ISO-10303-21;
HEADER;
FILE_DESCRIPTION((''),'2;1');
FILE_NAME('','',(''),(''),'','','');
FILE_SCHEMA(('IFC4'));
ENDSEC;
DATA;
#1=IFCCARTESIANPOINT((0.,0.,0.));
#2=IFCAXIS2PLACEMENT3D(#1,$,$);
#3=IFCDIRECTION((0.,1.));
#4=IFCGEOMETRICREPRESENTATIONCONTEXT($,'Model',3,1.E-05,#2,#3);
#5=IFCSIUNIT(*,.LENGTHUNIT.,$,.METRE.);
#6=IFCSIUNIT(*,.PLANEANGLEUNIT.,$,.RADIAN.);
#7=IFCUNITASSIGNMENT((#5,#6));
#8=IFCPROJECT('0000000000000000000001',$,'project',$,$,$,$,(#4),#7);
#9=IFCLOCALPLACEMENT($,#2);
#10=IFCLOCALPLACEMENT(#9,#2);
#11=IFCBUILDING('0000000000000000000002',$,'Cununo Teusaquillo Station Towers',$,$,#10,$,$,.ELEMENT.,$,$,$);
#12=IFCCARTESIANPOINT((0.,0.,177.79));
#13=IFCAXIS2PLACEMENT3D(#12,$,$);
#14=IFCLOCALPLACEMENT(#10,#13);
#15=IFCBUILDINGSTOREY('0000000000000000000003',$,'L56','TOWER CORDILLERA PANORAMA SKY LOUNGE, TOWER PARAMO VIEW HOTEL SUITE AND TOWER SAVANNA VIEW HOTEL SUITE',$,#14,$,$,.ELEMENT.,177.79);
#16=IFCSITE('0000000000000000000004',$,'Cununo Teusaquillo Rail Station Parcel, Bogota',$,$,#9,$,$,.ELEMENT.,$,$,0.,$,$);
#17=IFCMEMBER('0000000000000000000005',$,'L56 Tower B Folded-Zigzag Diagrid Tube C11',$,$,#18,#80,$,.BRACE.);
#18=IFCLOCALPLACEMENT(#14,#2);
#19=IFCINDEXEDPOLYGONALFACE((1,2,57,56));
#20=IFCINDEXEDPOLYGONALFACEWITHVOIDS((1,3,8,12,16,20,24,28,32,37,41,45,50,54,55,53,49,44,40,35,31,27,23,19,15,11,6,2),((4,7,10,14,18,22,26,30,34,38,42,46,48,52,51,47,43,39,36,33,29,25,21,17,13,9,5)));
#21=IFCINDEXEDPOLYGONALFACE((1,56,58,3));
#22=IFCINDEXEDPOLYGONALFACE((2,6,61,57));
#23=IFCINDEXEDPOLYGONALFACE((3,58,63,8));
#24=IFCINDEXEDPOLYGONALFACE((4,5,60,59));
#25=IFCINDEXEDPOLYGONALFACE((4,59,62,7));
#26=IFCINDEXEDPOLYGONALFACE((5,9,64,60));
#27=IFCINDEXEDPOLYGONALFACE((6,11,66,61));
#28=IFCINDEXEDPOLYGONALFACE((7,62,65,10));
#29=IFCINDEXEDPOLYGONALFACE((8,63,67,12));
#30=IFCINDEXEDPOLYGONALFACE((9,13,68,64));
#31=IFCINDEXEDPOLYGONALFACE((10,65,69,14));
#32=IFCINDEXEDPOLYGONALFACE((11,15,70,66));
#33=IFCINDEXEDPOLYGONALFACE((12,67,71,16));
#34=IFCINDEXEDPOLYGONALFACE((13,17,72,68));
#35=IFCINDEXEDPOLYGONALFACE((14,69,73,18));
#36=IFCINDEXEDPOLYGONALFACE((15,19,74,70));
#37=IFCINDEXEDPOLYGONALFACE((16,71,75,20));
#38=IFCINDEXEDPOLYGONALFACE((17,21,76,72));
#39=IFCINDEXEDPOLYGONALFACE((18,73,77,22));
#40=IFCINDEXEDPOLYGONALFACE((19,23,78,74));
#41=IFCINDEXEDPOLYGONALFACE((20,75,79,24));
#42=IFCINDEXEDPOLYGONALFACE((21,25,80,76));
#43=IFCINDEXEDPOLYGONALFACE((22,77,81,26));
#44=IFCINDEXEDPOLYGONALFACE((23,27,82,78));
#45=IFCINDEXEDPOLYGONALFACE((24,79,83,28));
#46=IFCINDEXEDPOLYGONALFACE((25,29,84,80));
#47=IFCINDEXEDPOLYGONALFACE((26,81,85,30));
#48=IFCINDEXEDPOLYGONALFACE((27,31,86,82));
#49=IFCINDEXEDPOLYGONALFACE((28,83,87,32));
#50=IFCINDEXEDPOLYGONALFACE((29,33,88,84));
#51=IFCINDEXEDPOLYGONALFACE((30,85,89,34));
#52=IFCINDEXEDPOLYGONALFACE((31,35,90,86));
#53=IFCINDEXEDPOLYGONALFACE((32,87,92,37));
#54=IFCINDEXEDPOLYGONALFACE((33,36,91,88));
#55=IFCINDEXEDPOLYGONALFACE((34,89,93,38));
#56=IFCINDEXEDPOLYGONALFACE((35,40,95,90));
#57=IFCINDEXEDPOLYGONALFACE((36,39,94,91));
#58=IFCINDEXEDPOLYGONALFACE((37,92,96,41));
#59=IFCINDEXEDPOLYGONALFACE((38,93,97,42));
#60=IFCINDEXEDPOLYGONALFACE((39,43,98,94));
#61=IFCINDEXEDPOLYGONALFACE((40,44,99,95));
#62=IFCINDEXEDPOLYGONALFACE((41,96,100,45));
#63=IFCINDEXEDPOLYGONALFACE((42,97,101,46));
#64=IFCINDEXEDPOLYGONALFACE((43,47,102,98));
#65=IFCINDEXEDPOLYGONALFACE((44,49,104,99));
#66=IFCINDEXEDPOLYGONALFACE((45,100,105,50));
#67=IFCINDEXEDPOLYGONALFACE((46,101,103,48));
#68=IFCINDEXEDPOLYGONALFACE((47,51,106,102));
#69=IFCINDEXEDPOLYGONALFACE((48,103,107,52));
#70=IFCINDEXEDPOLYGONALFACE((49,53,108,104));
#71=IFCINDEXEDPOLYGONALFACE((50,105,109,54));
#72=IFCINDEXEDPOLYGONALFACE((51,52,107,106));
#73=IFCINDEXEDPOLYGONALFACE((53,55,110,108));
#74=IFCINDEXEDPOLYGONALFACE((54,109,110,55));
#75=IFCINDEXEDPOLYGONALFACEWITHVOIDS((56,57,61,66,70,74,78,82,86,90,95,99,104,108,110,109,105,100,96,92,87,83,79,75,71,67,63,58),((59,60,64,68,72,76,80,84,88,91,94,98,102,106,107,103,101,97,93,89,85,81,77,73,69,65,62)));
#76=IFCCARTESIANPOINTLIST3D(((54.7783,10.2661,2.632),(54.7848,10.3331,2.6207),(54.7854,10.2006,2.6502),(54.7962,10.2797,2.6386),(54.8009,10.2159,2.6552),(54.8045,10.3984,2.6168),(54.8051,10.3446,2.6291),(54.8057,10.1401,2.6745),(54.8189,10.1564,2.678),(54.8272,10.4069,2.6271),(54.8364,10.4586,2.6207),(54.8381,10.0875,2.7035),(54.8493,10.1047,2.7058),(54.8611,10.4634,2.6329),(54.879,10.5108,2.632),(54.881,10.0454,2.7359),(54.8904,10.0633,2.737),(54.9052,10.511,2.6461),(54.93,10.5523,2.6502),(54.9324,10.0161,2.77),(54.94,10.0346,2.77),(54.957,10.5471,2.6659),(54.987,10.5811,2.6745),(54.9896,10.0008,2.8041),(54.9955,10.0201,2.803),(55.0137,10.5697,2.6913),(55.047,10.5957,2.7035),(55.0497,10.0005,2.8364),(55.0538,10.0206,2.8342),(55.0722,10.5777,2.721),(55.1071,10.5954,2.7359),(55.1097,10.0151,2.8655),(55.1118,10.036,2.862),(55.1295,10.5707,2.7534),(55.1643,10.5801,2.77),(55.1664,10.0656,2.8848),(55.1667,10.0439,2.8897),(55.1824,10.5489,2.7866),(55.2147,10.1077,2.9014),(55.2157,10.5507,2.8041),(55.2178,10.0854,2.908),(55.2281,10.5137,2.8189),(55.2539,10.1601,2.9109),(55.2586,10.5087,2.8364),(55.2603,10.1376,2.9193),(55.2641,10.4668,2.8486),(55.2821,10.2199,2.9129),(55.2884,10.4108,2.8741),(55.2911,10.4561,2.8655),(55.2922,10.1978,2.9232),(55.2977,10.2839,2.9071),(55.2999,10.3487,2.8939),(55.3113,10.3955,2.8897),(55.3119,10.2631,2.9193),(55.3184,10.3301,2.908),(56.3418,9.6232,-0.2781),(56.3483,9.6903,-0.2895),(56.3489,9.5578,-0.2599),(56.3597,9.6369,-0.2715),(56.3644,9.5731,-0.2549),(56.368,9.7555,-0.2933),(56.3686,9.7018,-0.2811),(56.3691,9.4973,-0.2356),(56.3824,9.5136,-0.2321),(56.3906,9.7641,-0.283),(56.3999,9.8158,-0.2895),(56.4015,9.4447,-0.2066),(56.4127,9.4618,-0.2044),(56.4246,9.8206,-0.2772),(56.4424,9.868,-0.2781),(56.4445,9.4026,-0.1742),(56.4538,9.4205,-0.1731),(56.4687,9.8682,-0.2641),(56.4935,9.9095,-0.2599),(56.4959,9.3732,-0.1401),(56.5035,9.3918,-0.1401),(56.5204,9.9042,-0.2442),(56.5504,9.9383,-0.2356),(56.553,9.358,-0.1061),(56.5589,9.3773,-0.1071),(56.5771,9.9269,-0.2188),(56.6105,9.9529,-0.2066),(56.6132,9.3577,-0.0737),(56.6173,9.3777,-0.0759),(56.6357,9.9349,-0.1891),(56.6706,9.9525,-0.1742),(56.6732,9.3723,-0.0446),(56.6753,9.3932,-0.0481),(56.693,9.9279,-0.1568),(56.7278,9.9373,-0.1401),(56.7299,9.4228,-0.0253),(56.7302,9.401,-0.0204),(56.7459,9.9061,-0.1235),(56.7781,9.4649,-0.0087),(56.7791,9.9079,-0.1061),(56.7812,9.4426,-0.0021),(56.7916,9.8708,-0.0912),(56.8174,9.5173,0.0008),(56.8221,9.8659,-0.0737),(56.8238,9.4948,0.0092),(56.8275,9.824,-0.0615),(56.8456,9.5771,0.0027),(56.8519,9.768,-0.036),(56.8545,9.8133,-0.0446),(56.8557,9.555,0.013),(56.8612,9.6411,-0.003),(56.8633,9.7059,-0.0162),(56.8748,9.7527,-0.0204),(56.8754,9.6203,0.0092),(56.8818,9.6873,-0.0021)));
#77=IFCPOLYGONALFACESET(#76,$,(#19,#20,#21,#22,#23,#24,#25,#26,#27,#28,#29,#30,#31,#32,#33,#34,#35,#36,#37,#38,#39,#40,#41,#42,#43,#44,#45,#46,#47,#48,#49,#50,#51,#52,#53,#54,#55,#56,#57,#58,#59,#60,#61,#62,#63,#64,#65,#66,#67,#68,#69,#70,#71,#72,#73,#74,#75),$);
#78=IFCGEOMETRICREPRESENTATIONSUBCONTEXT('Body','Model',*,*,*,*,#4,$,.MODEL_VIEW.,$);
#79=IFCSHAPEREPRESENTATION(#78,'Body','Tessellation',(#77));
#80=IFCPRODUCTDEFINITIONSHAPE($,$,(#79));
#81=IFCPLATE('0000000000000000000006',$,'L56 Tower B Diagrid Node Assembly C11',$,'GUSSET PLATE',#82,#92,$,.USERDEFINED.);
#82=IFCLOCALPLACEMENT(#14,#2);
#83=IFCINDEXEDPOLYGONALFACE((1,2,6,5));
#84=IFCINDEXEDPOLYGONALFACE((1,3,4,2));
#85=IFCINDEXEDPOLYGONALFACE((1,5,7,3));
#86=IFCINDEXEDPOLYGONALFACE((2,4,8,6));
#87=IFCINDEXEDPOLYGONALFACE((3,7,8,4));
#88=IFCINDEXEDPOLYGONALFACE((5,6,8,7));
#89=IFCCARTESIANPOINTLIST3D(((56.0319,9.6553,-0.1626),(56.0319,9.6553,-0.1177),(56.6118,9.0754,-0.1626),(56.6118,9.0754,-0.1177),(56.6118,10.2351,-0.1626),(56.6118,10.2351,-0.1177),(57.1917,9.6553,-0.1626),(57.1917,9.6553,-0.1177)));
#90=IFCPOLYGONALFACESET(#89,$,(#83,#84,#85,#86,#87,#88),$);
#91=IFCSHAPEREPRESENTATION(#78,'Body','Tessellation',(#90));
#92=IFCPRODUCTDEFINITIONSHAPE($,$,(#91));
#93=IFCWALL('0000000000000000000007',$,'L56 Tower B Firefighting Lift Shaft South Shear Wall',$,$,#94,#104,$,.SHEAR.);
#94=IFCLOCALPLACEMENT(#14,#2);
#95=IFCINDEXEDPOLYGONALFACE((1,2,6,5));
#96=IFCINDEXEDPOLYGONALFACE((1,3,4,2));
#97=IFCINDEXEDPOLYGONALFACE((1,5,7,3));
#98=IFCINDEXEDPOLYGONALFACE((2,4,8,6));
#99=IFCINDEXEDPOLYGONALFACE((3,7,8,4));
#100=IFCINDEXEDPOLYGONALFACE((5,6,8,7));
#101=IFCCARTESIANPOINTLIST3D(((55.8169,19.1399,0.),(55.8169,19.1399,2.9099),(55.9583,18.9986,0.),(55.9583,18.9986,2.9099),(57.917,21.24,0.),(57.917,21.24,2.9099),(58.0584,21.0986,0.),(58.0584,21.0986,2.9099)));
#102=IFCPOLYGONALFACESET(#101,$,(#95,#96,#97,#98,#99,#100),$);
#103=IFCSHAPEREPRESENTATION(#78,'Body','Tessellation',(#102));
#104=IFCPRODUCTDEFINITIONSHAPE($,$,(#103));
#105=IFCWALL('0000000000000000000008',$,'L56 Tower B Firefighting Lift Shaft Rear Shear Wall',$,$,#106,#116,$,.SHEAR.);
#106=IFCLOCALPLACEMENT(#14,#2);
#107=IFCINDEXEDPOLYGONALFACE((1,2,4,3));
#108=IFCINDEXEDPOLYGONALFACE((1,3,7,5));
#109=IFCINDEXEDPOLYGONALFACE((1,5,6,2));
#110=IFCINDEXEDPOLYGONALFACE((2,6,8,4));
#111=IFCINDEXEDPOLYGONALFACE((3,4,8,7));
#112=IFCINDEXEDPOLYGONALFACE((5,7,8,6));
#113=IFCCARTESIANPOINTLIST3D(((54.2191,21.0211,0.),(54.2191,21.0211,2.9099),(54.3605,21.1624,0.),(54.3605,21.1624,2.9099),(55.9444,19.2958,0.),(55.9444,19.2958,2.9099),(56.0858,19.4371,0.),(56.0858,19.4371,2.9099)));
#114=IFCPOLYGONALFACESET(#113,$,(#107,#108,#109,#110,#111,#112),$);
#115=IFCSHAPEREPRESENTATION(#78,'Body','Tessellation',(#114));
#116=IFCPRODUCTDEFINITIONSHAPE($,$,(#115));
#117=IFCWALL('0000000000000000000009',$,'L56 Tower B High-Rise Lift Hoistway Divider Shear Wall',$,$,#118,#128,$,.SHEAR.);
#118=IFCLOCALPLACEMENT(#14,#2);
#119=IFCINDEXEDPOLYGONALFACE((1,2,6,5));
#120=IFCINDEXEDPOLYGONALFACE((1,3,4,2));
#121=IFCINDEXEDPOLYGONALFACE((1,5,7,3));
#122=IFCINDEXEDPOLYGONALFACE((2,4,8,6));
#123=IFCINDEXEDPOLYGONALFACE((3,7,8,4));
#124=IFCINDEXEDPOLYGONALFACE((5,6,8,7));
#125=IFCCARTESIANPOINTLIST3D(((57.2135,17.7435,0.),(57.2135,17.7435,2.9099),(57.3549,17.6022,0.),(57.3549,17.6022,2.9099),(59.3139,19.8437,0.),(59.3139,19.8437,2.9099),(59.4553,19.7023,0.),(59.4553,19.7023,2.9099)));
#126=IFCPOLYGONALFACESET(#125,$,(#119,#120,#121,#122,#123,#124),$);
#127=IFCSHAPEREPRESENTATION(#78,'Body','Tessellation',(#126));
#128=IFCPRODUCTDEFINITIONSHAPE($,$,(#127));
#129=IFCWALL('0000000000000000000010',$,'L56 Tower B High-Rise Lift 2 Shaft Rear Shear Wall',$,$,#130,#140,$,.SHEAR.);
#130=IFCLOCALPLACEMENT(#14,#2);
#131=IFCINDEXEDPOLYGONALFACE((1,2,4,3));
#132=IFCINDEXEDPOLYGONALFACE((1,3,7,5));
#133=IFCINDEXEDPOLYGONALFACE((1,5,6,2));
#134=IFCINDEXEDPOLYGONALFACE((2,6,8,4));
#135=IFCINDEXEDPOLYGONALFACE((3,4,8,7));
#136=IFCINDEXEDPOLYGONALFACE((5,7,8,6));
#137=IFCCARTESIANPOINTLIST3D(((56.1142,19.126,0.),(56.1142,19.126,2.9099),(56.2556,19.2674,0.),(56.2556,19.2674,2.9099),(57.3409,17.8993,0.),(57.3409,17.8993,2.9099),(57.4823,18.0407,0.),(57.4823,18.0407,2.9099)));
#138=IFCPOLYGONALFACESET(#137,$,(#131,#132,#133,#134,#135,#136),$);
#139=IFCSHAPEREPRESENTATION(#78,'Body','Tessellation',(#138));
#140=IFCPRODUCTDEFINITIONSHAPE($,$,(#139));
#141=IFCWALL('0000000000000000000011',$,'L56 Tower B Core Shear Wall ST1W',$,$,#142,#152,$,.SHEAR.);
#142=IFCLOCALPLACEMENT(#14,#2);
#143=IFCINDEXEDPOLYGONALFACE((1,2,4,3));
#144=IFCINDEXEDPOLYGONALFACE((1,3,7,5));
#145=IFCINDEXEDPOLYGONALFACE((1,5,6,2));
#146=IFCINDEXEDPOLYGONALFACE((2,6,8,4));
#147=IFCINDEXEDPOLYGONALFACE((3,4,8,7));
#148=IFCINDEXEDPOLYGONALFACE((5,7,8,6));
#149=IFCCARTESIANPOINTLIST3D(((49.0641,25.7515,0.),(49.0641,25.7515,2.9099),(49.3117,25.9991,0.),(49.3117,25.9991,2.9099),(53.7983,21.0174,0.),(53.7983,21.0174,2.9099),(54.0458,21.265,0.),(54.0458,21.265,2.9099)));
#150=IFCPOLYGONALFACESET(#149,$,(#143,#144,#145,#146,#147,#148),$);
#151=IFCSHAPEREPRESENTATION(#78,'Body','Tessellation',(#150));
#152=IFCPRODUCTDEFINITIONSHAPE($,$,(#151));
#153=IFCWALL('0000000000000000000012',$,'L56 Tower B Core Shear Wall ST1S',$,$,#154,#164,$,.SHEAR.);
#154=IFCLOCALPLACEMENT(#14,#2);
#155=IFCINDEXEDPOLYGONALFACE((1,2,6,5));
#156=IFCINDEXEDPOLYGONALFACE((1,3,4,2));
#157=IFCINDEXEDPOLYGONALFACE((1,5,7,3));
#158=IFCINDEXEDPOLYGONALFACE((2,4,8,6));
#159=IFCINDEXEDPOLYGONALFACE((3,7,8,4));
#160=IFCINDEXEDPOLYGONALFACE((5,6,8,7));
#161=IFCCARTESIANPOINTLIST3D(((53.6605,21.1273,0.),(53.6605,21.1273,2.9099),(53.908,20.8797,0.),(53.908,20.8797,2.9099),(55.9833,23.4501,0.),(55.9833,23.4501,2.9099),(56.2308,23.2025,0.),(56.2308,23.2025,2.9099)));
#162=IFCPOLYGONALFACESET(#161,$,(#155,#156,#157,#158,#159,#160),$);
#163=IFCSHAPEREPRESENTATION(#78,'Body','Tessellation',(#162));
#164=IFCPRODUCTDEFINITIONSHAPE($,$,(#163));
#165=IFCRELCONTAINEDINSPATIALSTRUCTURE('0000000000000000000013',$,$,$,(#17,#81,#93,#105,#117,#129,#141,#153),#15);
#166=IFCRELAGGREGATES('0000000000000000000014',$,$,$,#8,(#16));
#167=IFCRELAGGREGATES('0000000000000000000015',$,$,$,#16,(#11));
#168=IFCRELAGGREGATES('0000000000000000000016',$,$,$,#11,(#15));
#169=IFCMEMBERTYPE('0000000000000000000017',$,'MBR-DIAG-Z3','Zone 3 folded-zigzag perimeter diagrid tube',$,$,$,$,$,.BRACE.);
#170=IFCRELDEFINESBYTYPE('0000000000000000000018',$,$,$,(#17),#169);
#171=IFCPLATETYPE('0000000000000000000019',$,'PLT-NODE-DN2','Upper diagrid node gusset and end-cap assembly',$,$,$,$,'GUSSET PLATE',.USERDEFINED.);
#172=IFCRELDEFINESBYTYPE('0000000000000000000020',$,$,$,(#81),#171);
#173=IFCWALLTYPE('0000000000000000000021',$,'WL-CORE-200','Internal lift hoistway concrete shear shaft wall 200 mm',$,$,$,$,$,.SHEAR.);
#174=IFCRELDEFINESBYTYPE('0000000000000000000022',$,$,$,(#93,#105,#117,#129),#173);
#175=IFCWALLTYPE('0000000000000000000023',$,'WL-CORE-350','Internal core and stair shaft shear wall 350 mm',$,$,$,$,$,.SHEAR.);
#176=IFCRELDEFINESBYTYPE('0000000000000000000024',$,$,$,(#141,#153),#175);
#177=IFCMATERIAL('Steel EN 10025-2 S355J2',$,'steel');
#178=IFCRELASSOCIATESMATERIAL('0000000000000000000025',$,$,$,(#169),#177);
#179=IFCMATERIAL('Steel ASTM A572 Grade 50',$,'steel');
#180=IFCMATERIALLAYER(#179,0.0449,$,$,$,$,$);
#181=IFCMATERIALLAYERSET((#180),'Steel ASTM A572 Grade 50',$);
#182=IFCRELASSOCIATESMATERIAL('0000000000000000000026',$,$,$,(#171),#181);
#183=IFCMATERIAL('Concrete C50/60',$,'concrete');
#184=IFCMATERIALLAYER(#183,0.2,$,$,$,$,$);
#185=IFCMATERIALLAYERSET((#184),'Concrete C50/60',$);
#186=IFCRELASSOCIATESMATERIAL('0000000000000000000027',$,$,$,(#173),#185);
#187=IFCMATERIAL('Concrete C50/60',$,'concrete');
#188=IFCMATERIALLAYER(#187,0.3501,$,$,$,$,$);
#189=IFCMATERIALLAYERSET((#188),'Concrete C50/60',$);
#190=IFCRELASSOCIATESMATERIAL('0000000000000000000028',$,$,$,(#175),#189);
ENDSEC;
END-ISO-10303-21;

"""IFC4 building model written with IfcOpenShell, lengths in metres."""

from ifc_helpers import new_model, si_unit, direction, frame, frame_2d, origin, origin_2d, place, context, subcontext, project, spatial, rectangle, hollow_circle, extrude, source, transform, mapped, material, layer, layer_set, material_profile, profile_set, type_object, element, save


model = new_model("IFC4")

# Units and contexts
model_context = context("Model", 3, precision=1e-05, world=origin(), true_north=direction((0.0, 1.0)))
body_context = subcontext(model_context, "Body", "Model", "MODEL_VIEW")
ifc_project = project(units=[si_unit("LENGTHUNIT", "METRE"), si_unit("PLANEANGLEUNIT", "RADIAN")], contexts=[model_context])

# Site, building, storey
site_placement = place(None, origin())
site = spatial("IfcSite", under=ifc_project, at=site_placement, Name="Cununo Teusaquillo Rail Station Parcel, Bogota", CompositionType="ELEMENT", RefElevation=0.0)
building_placement = place(site_placement, origin())
building = spatial("IfcBuilding", under=site, at=building_placement, Name="Cununo Teusaquillo Station Towers", CompositionType="ELEMENT")
storey_placement = place(building_placement, frame((0.0, 0.0, 177.79)))
storey = spatial("IfcBuildingStorey", under=building, at=storey_placement, Name="L56", Description="TOWER CORDILLERA PANORAMA SKY LOUNGE, TOWER PARAMO VIEW HOTEL SUITE AND TOWER SAVANNA VIEW HOTEL SUITE", CompositionType="ELEMENT", Elevation=177.79)

# Member
ifc_material_1 = material(Name="Steel EN 10025-2 S355J2", Category="steel")
ifc_material_profile_1 = material_profile(ifc_material_1, hollow_circle(Radius=0.3049, WallThickness=0.02, at=origin_2d()), Name="CHS 610x20")
ifc_profile_set_1 = profile_set([ifc_material_profile_1], Name="Steel EN 10025-2 S355J2")
member_type = type_object("IfcMemberType", Name="MBR-DIAG-Z3", Description="Zone 3 folded-zigzag perimeter diagrid tube", PredefinedType="BRACE", material=ifc_profile_set_1)
member_placement = place(storey_placement, frame((56.6118, 9.6553, -0.1401), z_axis=(-0.464558, 0.191003, 0.864699), x_axis=(-0.380263, -0.924878, 0.0)))
element("IfcMember", 1, at=member_placement, inside=storey, type_object=member_type, Name="L56 Tower B Folded-Zigzag Diagrid Tube C11", PredefinedType="BRACE", context=body_context, shape_type="SweptSolid", body=[
    extrude(hollow_circle(Radius=0.3049, WallThickness=0.02, at=origin_2d()), origin(), (0.0, 0.0, 1.0), 3.3655),
])

# Plate
ifc_material_2 = material(Name="Steel ASTM A572 Grade 50", Category="steel")
ifc_layer_1 = layer(ifc_material_2, 0.0449)
ifc_layer_set_1 = layer_set([ifc_layer_1], Name="Steel ASTM A572 Grade 50")
plate_type = type_object("IfcPlateType", Name="PLT-NODE-DN2", Description="Upper diagrid node gusset and end-cap assembly", ElementType="GUSSET PLATE", PredefinedType="USERDEFINED", material=ifc_layer_set_1)
shared_shape_1 = source(origin(), body_context, "Body", "SweptSolid", [
    extrude(rectangle(XDim=0.8201, YDim=0.8201, at=origin_2d()), origin(), (0.0, 0.0, 1.0), 0.0449),
])
plate_placement = place(storey_placement, frame((56.6118, 9.6553, -0.1626), z_axis=(0.0, 0.0, 1.0), x_axis=(0.707107, 0.707107, 0.0)))
element("IfcPlate", 2, at=plate_placement, inside=storey, type_object=plate_type, Name="L56 Tower B Diagrid Node Assembly C11", ObjectType="GUSSET PLATE", PredefinedType="USERDEFINED", context=body_context, shape_type="MappedRepresentation", body=[
    mapped(shared_shape_1, transform((0.0, 0.0, 0.0), x_axis=(1.0, 0.0, 0.0), y_axis=(0.0, 1.0, 0.0), z_axis=(0.0, 0.0, 1.0), scale=1.0)),
])

# Walls
ifc_material_3 = material(Name="Concrete C50/60", Category="concrete")
ifc_layer_2 = layer(ifc_material_3, 0.2)
ifc_layer_set_2 = layer_set([ifc_layer_2], Name="Concrete C50/60")
wall_type_1 = type_object("IfcWallType", Name="WL-CORE-200", Description="Internal lift hoistway concrete shear shaft wall 200 mm", PredefinedType="SHEAR", material=ifc_layer_set_2)
wall_1_placement = place(storey_placement, frame((55.8877, 19.0693, 0.0), z_axis=(0.0, 0.0, 1.0), x_axis=(0.707107, 0.707107, 0.0)))
element("IfcWall", 3, at=wall_1_placement, inside=storey, type_object=wall_type_1, Name="L56 Tower B Firefighting Lift Shaft South Shear Wall", PredefinedType="SHEAR", context=body_context, shape_type="SweptSolid", body=[
    extrude(rectangle(XDim=2.97, YDim=0.2, at=frame_2d((1.4849, 0.0))), origin(), (0.0, 0.0, 1.0), 2.9099),
])
wall_2_placement = place(storey_placement, frame((56.0151, 19.3665, 0.0), z_axis=(0.0, 0.0, 1.0), x_axis=(-0.707107, 0.707107, 0.0)))
element("IfcWall", 4, at=wall_2_placement, inside=storey, type_object=wall_type_1, Name="L56 Tower B Firefighting Lift Shaft Rear Shear Wall", PredefinedType="SHEAR", context=body_context, shape_type="SweptSolid", body=[
    extrude(rectangle(XDim=2.4399, YDim=0.2, at=frame_2d((1.22, 0.0))), origin(), (0.0, 0.0, 1.0), 2.9099),
])
wall_3_placement = place(storey_placement, frame((57.2842, 17.6729, 0.0), z_axis=(0.0, 0.0, 1.0), x_axis=(0.707148, 0.707066, 0.0)))
element("IfcWall", 5, at=wall_3_placement, inside=storey, type_object=wall_type_1, Name="L56 Tower B High-Rise Lift Hoistway Divider Shear Wall", PredefinedType="SHEAR", context=body_context, shape_type="SweptSolid", body=[
    extrude(rectangle(XDim=2.9702, YDim=0.2, at=frame_2d((1.4851, 0.0))), origin(), (0.0, 0.0, 1.0), 2.9099),
])
wall_4_placement = place(storey_placement, frame((57.4116, 17.97, 0.0), z_axis=(0.0, 0.0, 1.0), x_axis=(-0.707107, 0.707107, 0.0)))
element("IfcWall", 6, at=wall_4_placement, inside=storey, type_object=wall_type_1, Name="L56 Tower B High-Rise Lift 2 Shaft Rear Shear Wall", PredefinedType="SHEAR", context=body_context, shape_type="SweptSolid", body=[
    extrude(rectangle(XDim=1.7349, YDim=0.2, at=frame_2d((0.8674, 0.0))), origin(), (0.0, 0.0, 1.0), 2.9099),
])
ifc_material_4 = material(Name="Concrete C50/60", Category="concrete")
ifc_layer_3 = layer(ifc_material_4, 0.3501)
ifc_layer_set_3 = layer_set([ifc_layer_3], Name="Concrete C50/60")
wall_type_2 = type_object("IfcWallType", Name="WL-CORE-350", Description="Internal core and stair shaft shear wall 350 mm", PredefinedType="SHEAR", material=ifc_layer_set_3)
wall_5_placement = place(storey_placement, frame((53.9221, 21.1411, 0.0), z_axis=(0.0, 0.0, 1.0), x_axis=(-0.707107, 0.707107, 0.0)))
element("IfcWall", 7, at=wall_5_placement, inside=storey, type_object=wall_type_2, Name="L56 Tower B Core Shear Wall ST1W", PredefinedType="SHEAR", context=body_context, shape_type="SweptSolid", body=[
    extrude(rectangle(XDim=6.6951, YDim=0.3501, at=frame_2d((3.3477, 0.0))), origin(), (0.0, 0.0, 1.0), 2.9099),
])
wall_6_placement = place(storey_placement, frame((53.7842, 21.0034, 0.0), z_axis=(0.0, 0.0, 1.0), x_axis=(0.707107, 0.707107, 0.0)))
element("IfcWall", 8, at=wall_6_placement, inside=storey, type_object=wall_type_2, Name="L56 Tower B Core Shear Wall ST1S", PredefinedType="SHEAR", context=body_context, shape_type="SweptSolid", body=[
    extrude(rectangle(XDim=3.2849, YDim=0.3501, at=frame_2d((1.6426, 0.0))), origin(), (0.0, 0.0, 1.0), 2.9099),
])

save(model, "model.ifc")
